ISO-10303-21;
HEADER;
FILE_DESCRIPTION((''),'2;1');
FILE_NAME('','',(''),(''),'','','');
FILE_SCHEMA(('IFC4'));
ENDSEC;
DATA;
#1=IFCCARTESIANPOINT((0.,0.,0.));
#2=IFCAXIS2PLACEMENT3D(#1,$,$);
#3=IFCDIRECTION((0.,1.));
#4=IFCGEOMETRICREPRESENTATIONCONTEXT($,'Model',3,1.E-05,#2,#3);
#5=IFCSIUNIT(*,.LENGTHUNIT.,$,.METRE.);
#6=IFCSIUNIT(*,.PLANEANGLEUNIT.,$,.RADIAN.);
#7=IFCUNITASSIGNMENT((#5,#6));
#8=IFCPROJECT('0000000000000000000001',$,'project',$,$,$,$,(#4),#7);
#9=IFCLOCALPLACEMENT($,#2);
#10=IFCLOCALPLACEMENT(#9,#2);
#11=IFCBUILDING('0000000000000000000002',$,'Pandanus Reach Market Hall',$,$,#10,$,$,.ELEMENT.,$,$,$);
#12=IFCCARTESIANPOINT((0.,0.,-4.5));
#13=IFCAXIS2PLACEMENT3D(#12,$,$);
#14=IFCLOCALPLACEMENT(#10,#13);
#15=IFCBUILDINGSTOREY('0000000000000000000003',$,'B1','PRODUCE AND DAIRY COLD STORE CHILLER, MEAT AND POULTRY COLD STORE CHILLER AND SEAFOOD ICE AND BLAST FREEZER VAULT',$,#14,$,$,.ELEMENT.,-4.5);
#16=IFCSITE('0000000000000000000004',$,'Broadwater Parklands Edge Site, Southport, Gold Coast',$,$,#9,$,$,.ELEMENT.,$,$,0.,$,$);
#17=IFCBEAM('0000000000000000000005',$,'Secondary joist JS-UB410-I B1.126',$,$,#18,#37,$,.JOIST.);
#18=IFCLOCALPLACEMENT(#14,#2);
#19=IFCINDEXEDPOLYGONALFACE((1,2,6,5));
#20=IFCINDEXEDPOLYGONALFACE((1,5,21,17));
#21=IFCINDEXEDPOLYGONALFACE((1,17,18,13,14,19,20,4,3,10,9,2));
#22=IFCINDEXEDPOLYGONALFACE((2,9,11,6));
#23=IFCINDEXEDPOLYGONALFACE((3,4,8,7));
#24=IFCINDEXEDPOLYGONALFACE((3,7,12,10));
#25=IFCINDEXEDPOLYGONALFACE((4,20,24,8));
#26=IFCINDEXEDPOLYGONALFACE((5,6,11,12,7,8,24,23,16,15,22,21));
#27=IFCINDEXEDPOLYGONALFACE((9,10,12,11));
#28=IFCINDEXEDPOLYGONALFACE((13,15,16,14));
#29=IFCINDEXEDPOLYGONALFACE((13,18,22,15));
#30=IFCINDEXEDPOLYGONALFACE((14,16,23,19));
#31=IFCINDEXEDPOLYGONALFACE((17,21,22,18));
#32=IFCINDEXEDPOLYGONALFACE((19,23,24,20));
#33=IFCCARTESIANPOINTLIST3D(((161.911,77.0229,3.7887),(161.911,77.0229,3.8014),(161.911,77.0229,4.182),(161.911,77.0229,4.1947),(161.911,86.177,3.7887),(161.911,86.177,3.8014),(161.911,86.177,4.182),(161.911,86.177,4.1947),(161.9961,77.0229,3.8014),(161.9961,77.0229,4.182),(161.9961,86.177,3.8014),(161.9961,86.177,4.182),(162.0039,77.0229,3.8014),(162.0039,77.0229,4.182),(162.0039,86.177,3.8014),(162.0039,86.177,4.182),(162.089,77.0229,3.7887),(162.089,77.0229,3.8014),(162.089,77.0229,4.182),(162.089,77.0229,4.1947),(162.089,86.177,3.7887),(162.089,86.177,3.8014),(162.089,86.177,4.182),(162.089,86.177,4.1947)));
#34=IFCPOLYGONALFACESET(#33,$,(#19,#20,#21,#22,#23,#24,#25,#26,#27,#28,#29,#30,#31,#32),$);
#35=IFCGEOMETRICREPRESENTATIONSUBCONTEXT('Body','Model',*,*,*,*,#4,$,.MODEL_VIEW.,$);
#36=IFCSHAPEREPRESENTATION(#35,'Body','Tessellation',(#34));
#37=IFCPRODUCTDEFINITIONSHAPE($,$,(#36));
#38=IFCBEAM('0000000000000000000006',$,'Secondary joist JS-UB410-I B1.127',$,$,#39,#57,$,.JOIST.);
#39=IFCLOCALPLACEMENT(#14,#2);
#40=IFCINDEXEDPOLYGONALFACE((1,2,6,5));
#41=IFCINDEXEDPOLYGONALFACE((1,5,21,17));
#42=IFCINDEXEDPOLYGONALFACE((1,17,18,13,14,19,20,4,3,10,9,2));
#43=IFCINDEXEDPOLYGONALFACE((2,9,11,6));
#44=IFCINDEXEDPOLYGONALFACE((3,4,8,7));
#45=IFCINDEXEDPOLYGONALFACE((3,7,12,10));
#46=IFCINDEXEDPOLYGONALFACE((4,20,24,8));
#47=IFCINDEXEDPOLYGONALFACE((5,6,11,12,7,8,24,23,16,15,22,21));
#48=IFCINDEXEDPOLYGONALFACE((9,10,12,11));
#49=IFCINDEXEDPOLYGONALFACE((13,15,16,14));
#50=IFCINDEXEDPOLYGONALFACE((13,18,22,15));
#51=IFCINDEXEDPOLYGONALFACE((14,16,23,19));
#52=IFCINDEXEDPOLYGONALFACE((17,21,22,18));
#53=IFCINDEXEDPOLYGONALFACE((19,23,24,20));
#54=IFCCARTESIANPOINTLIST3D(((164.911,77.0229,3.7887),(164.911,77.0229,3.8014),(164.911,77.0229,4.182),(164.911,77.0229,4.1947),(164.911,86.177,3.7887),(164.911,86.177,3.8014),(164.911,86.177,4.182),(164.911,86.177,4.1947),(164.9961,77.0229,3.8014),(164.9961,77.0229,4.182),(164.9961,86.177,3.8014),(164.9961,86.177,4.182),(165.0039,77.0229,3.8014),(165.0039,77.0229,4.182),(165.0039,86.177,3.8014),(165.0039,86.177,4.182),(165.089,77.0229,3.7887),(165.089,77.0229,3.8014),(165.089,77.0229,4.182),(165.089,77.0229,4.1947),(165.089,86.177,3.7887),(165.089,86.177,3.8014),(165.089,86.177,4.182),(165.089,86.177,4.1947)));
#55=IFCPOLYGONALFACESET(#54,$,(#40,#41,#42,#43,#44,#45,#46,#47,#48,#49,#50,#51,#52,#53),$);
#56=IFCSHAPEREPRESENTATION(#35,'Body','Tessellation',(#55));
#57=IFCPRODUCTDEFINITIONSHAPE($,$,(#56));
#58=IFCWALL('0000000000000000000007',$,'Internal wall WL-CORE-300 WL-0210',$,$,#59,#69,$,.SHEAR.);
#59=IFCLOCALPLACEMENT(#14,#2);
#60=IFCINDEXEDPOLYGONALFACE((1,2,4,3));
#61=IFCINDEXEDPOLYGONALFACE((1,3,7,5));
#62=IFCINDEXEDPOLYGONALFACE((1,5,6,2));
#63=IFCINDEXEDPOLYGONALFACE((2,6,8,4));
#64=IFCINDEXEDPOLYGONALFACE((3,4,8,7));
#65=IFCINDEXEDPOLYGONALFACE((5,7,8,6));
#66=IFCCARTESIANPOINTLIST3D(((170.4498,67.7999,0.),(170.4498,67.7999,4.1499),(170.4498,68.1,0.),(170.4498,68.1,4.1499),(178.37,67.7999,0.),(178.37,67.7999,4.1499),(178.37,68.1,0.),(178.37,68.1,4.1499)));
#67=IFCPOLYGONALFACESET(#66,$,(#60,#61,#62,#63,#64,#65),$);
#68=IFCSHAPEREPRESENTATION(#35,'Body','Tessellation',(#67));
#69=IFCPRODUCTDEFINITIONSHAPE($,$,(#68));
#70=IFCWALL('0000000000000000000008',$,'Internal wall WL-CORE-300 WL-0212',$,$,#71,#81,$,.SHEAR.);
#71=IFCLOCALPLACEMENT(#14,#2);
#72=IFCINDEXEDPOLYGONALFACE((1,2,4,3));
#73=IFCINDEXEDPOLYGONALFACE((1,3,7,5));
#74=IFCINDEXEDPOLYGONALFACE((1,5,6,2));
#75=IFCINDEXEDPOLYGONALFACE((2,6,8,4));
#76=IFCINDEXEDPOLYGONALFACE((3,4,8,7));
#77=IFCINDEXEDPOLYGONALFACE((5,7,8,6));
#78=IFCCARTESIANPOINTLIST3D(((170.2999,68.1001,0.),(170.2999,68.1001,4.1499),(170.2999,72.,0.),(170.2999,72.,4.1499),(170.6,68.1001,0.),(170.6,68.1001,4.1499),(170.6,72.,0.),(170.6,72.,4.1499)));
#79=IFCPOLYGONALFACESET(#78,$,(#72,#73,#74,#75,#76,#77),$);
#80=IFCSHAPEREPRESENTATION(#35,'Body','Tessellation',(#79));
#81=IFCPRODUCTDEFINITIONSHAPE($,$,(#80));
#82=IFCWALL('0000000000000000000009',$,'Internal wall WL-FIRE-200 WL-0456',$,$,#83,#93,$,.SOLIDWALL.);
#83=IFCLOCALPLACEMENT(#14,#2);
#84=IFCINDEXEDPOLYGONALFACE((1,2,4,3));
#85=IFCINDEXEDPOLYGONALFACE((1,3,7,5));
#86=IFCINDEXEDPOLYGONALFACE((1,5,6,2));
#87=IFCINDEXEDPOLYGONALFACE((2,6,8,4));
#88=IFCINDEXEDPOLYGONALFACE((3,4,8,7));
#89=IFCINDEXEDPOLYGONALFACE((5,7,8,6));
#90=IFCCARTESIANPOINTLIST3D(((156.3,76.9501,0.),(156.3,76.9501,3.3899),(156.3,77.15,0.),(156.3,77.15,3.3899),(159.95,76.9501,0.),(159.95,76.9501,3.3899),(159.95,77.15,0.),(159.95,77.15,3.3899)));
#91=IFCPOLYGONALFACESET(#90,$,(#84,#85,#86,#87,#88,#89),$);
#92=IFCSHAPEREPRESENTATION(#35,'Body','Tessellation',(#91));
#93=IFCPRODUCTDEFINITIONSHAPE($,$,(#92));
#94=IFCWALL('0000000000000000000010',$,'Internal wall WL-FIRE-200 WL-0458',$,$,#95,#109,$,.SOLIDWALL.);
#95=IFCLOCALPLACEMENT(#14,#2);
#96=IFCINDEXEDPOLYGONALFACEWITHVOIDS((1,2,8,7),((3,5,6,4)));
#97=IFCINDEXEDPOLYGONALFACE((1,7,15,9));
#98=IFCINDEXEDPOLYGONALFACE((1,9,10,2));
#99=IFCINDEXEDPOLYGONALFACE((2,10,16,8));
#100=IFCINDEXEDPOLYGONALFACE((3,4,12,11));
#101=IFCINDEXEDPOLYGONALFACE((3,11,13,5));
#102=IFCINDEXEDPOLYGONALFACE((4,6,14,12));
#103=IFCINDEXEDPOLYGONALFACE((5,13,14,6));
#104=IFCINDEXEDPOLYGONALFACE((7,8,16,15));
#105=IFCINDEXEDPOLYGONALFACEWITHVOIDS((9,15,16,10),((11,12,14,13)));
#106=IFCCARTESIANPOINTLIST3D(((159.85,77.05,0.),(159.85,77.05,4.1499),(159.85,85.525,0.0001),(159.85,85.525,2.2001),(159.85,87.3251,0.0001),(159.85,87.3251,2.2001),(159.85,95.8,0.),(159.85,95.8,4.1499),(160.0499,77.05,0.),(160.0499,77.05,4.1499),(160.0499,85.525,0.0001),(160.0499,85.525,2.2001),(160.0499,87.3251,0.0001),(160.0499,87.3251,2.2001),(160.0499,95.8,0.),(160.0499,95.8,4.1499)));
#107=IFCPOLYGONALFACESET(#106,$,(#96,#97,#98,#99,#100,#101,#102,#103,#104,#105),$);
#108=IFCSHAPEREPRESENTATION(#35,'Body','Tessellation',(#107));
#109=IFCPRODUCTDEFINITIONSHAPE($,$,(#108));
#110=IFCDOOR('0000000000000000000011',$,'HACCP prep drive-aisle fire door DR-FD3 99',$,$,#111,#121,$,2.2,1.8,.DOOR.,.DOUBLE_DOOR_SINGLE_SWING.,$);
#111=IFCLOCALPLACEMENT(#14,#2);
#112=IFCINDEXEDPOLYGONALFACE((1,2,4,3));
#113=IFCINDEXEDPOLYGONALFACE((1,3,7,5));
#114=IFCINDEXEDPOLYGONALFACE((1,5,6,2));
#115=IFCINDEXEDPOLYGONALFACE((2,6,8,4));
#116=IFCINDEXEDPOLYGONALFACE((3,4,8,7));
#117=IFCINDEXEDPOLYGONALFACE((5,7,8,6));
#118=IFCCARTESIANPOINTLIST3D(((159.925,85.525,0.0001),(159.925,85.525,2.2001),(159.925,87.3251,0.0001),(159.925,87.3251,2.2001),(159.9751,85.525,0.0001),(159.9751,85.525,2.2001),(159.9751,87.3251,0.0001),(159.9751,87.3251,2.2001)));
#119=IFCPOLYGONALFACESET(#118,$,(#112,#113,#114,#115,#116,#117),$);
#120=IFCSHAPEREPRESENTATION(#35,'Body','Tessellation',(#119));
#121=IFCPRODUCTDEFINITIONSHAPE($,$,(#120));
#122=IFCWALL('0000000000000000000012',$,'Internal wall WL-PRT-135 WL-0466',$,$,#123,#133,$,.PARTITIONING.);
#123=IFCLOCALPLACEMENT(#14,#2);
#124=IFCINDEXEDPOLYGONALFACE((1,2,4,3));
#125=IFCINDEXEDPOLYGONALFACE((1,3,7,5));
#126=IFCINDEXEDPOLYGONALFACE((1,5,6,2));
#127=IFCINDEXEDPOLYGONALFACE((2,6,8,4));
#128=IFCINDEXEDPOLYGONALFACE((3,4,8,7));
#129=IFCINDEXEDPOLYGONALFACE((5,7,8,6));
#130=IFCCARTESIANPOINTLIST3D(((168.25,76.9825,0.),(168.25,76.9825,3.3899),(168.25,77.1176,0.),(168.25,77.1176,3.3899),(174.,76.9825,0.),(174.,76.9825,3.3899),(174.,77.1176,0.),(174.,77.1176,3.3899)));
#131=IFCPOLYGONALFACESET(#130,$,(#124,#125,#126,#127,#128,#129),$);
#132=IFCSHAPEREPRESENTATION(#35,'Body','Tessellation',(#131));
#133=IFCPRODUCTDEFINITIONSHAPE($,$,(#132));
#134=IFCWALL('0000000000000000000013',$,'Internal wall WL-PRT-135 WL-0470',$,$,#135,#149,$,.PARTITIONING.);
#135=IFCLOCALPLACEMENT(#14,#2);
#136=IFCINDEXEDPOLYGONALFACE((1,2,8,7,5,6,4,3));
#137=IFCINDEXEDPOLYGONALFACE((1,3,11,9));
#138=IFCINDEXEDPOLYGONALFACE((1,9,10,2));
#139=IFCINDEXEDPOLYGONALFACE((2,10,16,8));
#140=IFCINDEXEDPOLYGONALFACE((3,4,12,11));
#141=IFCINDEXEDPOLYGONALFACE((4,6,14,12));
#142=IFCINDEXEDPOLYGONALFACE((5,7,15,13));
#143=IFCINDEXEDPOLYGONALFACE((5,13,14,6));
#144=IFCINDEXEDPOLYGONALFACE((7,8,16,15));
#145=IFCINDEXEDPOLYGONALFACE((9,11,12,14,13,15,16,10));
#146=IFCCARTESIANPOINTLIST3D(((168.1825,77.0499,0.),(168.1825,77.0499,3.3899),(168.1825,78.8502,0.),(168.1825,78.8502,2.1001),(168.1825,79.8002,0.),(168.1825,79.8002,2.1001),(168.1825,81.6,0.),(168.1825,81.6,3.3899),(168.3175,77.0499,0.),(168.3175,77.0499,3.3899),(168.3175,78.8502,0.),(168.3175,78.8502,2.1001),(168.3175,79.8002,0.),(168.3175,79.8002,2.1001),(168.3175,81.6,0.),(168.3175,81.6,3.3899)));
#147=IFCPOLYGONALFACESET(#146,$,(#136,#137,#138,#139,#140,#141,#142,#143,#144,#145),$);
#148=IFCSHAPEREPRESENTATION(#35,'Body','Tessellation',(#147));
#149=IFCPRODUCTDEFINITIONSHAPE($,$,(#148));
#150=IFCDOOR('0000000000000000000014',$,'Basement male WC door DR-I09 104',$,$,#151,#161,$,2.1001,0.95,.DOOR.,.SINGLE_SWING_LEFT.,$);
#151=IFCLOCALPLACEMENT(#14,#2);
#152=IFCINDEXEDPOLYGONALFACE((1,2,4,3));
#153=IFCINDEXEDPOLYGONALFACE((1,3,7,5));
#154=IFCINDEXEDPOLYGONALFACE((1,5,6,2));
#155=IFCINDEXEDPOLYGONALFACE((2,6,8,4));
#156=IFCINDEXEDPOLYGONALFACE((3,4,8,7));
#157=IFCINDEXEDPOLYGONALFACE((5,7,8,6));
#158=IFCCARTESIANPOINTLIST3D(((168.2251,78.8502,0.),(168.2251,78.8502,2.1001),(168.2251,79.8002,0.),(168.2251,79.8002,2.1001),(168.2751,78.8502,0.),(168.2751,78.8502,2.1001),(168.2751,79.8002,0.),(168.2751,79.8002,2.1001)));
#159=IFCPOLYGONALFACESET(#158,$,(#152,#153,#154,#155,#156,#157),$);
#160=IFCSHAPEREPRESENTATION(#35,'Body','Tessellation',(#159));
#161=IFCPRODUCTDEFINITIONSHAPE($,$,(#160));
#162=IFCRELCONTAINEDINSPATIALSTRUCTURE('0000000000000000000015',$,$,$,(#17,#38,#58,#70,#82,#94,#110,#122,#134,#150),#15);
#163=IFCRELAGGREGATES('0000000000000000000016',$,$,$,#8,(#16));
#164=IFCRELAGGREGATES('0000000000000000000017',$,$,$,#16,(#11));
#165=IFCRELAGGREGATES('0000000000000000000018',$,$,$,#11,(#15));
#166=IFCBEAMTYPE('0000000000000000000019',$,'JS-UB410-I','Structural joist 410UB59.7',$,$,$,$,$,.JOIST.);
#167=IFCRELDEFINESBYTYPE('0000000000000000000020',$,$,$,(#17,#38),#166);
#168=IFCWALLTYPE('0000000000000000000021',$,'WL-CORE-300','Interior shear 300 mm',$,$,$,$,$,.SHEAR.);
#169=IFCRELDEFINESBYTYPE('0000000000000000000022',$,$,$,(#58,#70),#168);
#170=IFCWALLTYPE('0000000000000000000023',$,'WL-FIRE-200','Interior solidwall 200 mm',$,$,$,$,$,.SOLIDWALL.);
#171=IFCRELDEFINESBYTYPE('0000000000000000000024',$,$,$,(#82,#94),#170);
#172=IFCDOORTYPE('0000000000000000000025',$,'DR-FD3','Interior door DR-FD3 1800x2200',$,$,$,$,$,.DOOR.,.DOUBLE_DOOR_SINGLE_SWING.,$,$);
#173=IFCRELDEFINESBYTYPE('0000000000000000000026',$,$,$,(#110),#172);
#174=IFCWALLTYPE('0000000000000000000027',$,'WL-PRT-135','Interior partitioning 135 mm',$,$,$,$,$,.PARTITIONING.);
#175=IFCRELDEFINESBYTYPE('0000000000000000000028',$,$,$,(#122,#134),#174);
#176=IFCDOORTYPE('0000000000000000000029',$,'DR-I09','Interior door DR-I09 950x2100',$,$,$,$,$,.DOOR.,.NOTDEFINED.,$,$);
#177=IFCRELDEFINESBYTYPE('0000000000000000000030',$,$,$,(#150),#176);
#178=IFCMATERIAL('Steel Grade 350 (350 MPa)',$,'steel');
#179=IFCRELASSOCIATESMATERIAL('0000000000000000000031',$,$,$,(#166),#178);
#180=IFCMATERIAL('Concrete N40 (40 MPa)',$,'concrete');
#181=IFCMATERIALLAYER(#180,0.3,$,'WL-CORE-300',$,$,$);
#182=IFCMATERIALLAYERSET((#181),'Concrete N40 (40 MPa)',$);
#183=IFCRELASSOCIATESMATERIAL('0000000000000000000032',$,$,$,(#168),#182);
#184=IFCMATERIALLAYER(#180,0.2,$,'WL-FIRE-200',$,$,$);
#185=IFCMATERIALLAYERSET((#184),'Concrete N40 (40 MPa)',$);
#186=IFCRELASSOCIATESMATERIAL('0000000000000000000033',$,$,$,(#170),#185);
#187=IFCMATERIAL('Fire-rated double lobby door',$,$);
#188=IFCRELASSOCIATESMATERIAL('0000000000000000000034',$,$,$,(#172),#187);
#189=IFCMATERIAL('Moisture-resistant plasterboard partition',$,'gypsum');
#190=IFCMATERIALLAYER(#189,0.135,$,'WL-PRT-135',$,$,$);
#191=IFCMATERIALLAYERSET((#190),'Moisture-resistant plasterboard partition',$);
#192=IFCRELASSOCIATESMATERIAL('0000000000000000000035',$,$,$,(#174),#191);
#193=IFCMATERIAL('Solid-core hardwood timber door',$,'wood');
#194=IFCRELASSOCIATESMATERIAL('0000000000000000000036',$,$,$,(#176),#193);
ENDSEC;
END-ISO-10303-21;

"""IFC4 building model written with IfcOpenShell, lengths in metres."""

from ifc_helpers import new_model, si_unit, direction, frame, frame_2d, origin, origin_2d, place, context, subcontext, project, spatial, rectangle, i_section, extrude, material, layer, layer_set, material_profile, profile_set, type_object, element, fill, save


model = new_model("IFC4")

# Units and contexts
model_context = context("Model", 3, precision=1e-05, world=origin(), true_north=direction((0.0, 1.0)))
body_context = subcontext(model_context, "Body", "Model", "MODEL_VIEW")
ifc_project = project(units=[si_unit("LENGTHUNIT", "METRE"), si_unit("PLANEANGLEUNIT", "RADIAN")], contexts=[model_context])

# Site, building, storey
site_placement = place(None, origin())
site = spatial("IfcSite", under=ifc_project, at=site_placement, Name="Broadwater Parklands Edge Site, Southport, Gold Coast", CompositionType="ELEMENT", RefElevation=0.0)
building_placement = place(site_placement, origin())
building = spatial("IfcBuilding", under=site, at=building_placement, Name="Pandanus Reach Market Hall", CompositionType="ELEMENT")
storey_placement = place(building_placement, frame((0.0, 0.0, -4.5)))
storey = spatial("IfcBuildingStorey", under=building, at=storey_placement, Name="B1", Description="PRODUCE AND DAIRY COLD STORE CHILLER, MEAT AND POULTRY COLD STORE CHILLER AND SEAFOOD ICE AND BLAST FREEZER VAULT", CompositionType="ELEMENT", Elevation=-4.5)

# Shared definitions
ifc_material_1 = material(Name="Concrete N40 (40 MPa)", Category="concrete")

# Beams
ifc_material_2 = material(Name="Steel Grade 350 (350 MPa)", Category="steel")
ifc_material_profile_1 = material_profile(ifc_material_2, i_section(OverallWidth=0.178, OverallDepth=0.406, WebThickness=0.0078, FlangeThickness=0.0127, at=origin_2d()), Name="410UB59.7", Category="LoadBearing")
ifc_profile_set_1 = profile_set([ifc_material_profile_1], Name="Steel Grade 350 (350 MPa)")
beam_type_1 = type_object("IfcBeamType", Name="JS-UB410-I", Description="Structural joist 410UB59.7", PredefinedType="JOIST", material=ifc_profile_set_1)
for number, where, z_axis, x_axis, name in (
    (1, (162.0, 77.0229, 3.9917), (0.0, 1.0, 0.0), (-1.0, 0.0, 0.0), "Secondary joist JS-UB410-I B1.126"),
    (2, (165.0, 77.0229, 3.9917), (0.0, 1.0, 0.0), (-1.0, 0.0, 0.0), "Secondary joist JS-UB410-I B1.127"),
):
    element("IfcBeam", number, at=place(storey_placement, frame(where, z_axis=z_axis, x_axis=x_axis)), inside=storey, type_object=beam_type_1, Name=name, PredefinedType="JOIST", context=body_context, shape_type="SweptSolid", body=[
        extrude(i_section(OverallWidth=0.178, OverallDepth=0.406, WebThickness=0.0078, FlangeThickness=0.0127, at=origin_2d()), origin(), (0.0, 0.0, 1.0), 9.1541),
    ])

# Walls
ifc_layer_1 = layer(ifc_material_1, 0.3, Name="WL-CORE-300")
ifc_layer_set_1 = layer_set([ifc_layer_1], Name="Concrete N40 (40 MPa)")
wall_type_1 = type_object("IfcWallType", Name="WL-CORE-300", Description="Interior shear 300 mm", PredefinedType="SHEAR", material=ifc_layer_set_1)
wall_1_placement = place(storey_placement, frame((170.45, 67.95, 0.0), z_axis=(0.0, 0.0, 1.0), x_axis=(1.0, 0.0, 0.0)))
element("IfcWall", 3, at=wall_1_placement, inside=storey, type_object=wall_type_1, Name="Internal wall WL-CORE-300 WL-0210", PredefinedType="SHEAR", context=body_context, shape_type="SweptSolid", body=[
    extrude(rectangle(XDim=7.9202, YDim=0.3, at=frame_2d((3.96, 0.0))), origin(), (0.0, 0.0, 1.0), 4.1499),
])
wall_2_placement = place(storey_placement, frame((170.45, 68.1001, 0.0), z_axis=(0.0, 0.0, 1.0), x_axis=(0.0, 1.0, 0.0)))
element("IfcWall", 4, at=wall_2_placement, inside=storey, type_object=wall_type_1, Name="Internal wall WL-CORE-300 WL-0212", PredefinedType="SHEAR", context=body_context, shape_type="SweptSolid", body=[
    extrude(rectangle(XDim=3.8999, YDim=0.3, at=frame_2d((1.95, 0.0))), origin(), (0.0, 0.0, 1.0), 4.1499),
])
ifc_layer_2 = layer(ifc_material_1, 0.2, Name="WL-FIRE-200")
ifc_layer_set_2 = layer_set([ifc_layer_2], Name="Concrete N40 (40 MPa)")
wall_type_2 = type_object("IfcWallType", Name="WL-FIRE-200", Description="Interior solidwall 200 mm", PredefinedType="SOLIDWALL", material=ifc_layer_set_2)
wall_3_placement = place(storey_placement, frame((156.3, 77.05, 0.0), z_axis=(0.0, 0.0, 1.0), x_axis=(1.0, 0.0, 0.0)))
element("IfcWall", 5, at=wall_3_placement, inside=storey, type_object=wall_type_2, Name="Internal wall WL-FIRE-200 WL-0456", PredefinedType="SOLIDWALL", context=body_context, shape_type="SweptSolid", body=[
    extrude(rectangle(XDim=3.6499, YDim=0.2, at=frame_2d((1.825, 0.0))), origin(), (0.0, 0.0, 1.0), 3.3899),
])

# Wall, opening, door
wall_4_placement = place(storey_placement, frame((159.95, 77.05, 0.0), z_axis=(0.0, 0.0, 1.0), x_axis=(0.0, 1.0, 0.0)))
wall_4 = element("IfcWall", 6, at=wall_4_placement, inside=storey, type_object=wall_type_2, Name="Internal wall WL-FIRE-200 WL-0458", PredefinedType="SOLIDWALL", context=body_context, shape_type="SweptSolid", body=[
    extrude(rectangle(XDim=18.75, YDim=0.2, at=frame_2d((9.375, 0.0))), origin(), (0.0, 0.0, 1.0), 4.1499),
])
opening_1_placement = place(wall_4_placement, frame((8.4751, 0.0, 0.0)))
opening_1 = element("IfcOpeningElement", 7, at=opening_1_placement, cuts=wall_4, PredefinedType="OPENING", context=body_context, shape_type="SweptSolid", body=[
    extrude(rectangle(XDim=1.8, YDim=2.2, at=frame_2d((0.8999, 1.1001))), frame((0.0, 0.115, 0.0), z_axis=(0.0, -1.0, 0.0), x_axis=(1.0, 0.0, 0.0)), (0.0, 0.0, 1.0), 0.23),
])
ifc_material_3 = material(Name="Fire-rated double lobby door")
door_type_1 = type_object("IfcDoorType", Name="DR-FD3", Description="Interior door DR-FD3 1800x2200", OperationType="DOUBLE_DOOR_SINGLE_SWING", PredefinedType="DOOR", material=ifc_material_3)
door_1_placement = place(opening_1_placement, origin())
door_1 = element("IfcDoor", 8, at=door_1_placement, inside=storey, type_object=door_type_1, Name="HACCP prep drive-aisle fire door DR-FD3 99", OperationType="DOUBLE_DOOR_SINGLE_SWING", OverallHeight=2.2, OverallWidth=1.8, PredefinedType="DOOR", context=body_context, shape_type="SweptSolid", body=[
    extrude(rectangle(XDim=1.8, YDim=2.2, at=frame_2d((0.8999, 1.1001))), frame((0.0, 0.0249, 0.0), z_axis=(0.0, -1.0, 0.0), x_axis=(1.0, 0.0, 0.0)), (0.0, 0.0, 1.0), 0.05),
])
fill(opening_1, door_1)

# Wall
ifc_material_4 = material(Name="Moisture-resistant plasterboard partition", Category="gypsum")
ifc_layer_3 = layer(ifc_material_4, 0.135, Name="WL-PRT-135")
ifc_layer_set_3 = layer_set([ifc_layer_3], Name="Moisture-resistant plasterboard partition")
wall_type_3 = type_object("IfcWallType", Name="WL-PRT-135", Description="Interior partitioning 135 mm", PredefinedType="PARTITIONING", material=ifc_layer_set_3)
wall_5_placement = place(storey_placement, frame((168.25, 77.05, 0.0), z_axis=(0.0, 0.0, 1.0), x_axis=(1.0, 0.0, 0.0)))
element("IfcWall", 9, at=wall_5_placement, inside=storey, type_object=wall_type_3, Name="Internal wall WL-PRT-135 WL-0466", PredefinedType="PARTITIONING", context=body_context, shape_type="SweptSolid", body=[
    extrude(rectangle(XDim=5.75, YDim=0.135, at=frame_2d((2.875, 0.0))), origin(), (0.0, 0.0, 1.0), 3.3899),
])

# Wall, opening, door
wall_6_placement = place(storey_placement, frame((168.25, 77.05, 0.0), z_axis=(0.0, 0.0, 1.0), x_axis=(0.0, 1.0, 0.0)))
wall_6 = element("IfcWall", 10, at=wall_6_placement, inside=storey, type_object=wall_type_3, Name="Internal wall WL-PRT-135 WL-0470", PredefinedType="PARTITIONING", context=body_context, shape_type="SweptSolid", body=[
    extrude(rectangle(XDim=4.55, YDim=0.135, at=frame_2d((2.2749, 0.0))), origin(), (0.0, 0.0, 1.0), 3.3899),
])
opening_2_placement = place(wall_6_placement, frame((1.8, 0.0, 0.0)))
opening_2 = element("IfcOpeningElement", 11, at=opening_2_placement, cuts=wall_6, PredefinedType="OPENING", context=body_context, shape_type="SweptSolid", body=[
    extrude(rectangle(XDim=0.95, YDim=2.1001, at=frame_2d((0.4751, 1.05))), frame((0.0, 0.0825, 0.0), z_axis=(0.0, -1.0, 0.0), x_axis=(1.0, 0.0, 0.0)), (0.0, 0.0, 1.0), 0.165),
])
ifc_material_5 = material(Name="Solid-core hardwood timber door", Category="wood")
door_type_2 = type_object("IfcDoorType", Name="DR-I09", Description="Interior door DR-I09 950x2100", OperationType="NOTDEFINED", PredefinedType="DOOR", material=ifc_material_5)
door_2_placement = place(opening_2_placement, origin())
door_2 = element("IfcDoor", 12, at=door_2_placement, inside=storey, type_object=door_type_2, Name="Basement male WC door DR-I09 104", OperationType="SINGLE_SWING_LEFT", OverallHeight=2.1001, OverallWidth=0.95, PredefinedType="DOOR", context=body_context, shape_type="SweptSolid", body=[
    extrude(rectangle(XDim=0.95, YDim=2.1001, at=frame_2d((0.4751, 1.05))), frame((0.0, 0.0249, 0.0), z_axis=(0.0, -1.0, 0.0), x_axis=(1.0, 0.0, 0.0)), (0.0, 0.0, 1.0), 0.05),
])
fill(opening_2, door_2)

save(model, "model.ifc")
